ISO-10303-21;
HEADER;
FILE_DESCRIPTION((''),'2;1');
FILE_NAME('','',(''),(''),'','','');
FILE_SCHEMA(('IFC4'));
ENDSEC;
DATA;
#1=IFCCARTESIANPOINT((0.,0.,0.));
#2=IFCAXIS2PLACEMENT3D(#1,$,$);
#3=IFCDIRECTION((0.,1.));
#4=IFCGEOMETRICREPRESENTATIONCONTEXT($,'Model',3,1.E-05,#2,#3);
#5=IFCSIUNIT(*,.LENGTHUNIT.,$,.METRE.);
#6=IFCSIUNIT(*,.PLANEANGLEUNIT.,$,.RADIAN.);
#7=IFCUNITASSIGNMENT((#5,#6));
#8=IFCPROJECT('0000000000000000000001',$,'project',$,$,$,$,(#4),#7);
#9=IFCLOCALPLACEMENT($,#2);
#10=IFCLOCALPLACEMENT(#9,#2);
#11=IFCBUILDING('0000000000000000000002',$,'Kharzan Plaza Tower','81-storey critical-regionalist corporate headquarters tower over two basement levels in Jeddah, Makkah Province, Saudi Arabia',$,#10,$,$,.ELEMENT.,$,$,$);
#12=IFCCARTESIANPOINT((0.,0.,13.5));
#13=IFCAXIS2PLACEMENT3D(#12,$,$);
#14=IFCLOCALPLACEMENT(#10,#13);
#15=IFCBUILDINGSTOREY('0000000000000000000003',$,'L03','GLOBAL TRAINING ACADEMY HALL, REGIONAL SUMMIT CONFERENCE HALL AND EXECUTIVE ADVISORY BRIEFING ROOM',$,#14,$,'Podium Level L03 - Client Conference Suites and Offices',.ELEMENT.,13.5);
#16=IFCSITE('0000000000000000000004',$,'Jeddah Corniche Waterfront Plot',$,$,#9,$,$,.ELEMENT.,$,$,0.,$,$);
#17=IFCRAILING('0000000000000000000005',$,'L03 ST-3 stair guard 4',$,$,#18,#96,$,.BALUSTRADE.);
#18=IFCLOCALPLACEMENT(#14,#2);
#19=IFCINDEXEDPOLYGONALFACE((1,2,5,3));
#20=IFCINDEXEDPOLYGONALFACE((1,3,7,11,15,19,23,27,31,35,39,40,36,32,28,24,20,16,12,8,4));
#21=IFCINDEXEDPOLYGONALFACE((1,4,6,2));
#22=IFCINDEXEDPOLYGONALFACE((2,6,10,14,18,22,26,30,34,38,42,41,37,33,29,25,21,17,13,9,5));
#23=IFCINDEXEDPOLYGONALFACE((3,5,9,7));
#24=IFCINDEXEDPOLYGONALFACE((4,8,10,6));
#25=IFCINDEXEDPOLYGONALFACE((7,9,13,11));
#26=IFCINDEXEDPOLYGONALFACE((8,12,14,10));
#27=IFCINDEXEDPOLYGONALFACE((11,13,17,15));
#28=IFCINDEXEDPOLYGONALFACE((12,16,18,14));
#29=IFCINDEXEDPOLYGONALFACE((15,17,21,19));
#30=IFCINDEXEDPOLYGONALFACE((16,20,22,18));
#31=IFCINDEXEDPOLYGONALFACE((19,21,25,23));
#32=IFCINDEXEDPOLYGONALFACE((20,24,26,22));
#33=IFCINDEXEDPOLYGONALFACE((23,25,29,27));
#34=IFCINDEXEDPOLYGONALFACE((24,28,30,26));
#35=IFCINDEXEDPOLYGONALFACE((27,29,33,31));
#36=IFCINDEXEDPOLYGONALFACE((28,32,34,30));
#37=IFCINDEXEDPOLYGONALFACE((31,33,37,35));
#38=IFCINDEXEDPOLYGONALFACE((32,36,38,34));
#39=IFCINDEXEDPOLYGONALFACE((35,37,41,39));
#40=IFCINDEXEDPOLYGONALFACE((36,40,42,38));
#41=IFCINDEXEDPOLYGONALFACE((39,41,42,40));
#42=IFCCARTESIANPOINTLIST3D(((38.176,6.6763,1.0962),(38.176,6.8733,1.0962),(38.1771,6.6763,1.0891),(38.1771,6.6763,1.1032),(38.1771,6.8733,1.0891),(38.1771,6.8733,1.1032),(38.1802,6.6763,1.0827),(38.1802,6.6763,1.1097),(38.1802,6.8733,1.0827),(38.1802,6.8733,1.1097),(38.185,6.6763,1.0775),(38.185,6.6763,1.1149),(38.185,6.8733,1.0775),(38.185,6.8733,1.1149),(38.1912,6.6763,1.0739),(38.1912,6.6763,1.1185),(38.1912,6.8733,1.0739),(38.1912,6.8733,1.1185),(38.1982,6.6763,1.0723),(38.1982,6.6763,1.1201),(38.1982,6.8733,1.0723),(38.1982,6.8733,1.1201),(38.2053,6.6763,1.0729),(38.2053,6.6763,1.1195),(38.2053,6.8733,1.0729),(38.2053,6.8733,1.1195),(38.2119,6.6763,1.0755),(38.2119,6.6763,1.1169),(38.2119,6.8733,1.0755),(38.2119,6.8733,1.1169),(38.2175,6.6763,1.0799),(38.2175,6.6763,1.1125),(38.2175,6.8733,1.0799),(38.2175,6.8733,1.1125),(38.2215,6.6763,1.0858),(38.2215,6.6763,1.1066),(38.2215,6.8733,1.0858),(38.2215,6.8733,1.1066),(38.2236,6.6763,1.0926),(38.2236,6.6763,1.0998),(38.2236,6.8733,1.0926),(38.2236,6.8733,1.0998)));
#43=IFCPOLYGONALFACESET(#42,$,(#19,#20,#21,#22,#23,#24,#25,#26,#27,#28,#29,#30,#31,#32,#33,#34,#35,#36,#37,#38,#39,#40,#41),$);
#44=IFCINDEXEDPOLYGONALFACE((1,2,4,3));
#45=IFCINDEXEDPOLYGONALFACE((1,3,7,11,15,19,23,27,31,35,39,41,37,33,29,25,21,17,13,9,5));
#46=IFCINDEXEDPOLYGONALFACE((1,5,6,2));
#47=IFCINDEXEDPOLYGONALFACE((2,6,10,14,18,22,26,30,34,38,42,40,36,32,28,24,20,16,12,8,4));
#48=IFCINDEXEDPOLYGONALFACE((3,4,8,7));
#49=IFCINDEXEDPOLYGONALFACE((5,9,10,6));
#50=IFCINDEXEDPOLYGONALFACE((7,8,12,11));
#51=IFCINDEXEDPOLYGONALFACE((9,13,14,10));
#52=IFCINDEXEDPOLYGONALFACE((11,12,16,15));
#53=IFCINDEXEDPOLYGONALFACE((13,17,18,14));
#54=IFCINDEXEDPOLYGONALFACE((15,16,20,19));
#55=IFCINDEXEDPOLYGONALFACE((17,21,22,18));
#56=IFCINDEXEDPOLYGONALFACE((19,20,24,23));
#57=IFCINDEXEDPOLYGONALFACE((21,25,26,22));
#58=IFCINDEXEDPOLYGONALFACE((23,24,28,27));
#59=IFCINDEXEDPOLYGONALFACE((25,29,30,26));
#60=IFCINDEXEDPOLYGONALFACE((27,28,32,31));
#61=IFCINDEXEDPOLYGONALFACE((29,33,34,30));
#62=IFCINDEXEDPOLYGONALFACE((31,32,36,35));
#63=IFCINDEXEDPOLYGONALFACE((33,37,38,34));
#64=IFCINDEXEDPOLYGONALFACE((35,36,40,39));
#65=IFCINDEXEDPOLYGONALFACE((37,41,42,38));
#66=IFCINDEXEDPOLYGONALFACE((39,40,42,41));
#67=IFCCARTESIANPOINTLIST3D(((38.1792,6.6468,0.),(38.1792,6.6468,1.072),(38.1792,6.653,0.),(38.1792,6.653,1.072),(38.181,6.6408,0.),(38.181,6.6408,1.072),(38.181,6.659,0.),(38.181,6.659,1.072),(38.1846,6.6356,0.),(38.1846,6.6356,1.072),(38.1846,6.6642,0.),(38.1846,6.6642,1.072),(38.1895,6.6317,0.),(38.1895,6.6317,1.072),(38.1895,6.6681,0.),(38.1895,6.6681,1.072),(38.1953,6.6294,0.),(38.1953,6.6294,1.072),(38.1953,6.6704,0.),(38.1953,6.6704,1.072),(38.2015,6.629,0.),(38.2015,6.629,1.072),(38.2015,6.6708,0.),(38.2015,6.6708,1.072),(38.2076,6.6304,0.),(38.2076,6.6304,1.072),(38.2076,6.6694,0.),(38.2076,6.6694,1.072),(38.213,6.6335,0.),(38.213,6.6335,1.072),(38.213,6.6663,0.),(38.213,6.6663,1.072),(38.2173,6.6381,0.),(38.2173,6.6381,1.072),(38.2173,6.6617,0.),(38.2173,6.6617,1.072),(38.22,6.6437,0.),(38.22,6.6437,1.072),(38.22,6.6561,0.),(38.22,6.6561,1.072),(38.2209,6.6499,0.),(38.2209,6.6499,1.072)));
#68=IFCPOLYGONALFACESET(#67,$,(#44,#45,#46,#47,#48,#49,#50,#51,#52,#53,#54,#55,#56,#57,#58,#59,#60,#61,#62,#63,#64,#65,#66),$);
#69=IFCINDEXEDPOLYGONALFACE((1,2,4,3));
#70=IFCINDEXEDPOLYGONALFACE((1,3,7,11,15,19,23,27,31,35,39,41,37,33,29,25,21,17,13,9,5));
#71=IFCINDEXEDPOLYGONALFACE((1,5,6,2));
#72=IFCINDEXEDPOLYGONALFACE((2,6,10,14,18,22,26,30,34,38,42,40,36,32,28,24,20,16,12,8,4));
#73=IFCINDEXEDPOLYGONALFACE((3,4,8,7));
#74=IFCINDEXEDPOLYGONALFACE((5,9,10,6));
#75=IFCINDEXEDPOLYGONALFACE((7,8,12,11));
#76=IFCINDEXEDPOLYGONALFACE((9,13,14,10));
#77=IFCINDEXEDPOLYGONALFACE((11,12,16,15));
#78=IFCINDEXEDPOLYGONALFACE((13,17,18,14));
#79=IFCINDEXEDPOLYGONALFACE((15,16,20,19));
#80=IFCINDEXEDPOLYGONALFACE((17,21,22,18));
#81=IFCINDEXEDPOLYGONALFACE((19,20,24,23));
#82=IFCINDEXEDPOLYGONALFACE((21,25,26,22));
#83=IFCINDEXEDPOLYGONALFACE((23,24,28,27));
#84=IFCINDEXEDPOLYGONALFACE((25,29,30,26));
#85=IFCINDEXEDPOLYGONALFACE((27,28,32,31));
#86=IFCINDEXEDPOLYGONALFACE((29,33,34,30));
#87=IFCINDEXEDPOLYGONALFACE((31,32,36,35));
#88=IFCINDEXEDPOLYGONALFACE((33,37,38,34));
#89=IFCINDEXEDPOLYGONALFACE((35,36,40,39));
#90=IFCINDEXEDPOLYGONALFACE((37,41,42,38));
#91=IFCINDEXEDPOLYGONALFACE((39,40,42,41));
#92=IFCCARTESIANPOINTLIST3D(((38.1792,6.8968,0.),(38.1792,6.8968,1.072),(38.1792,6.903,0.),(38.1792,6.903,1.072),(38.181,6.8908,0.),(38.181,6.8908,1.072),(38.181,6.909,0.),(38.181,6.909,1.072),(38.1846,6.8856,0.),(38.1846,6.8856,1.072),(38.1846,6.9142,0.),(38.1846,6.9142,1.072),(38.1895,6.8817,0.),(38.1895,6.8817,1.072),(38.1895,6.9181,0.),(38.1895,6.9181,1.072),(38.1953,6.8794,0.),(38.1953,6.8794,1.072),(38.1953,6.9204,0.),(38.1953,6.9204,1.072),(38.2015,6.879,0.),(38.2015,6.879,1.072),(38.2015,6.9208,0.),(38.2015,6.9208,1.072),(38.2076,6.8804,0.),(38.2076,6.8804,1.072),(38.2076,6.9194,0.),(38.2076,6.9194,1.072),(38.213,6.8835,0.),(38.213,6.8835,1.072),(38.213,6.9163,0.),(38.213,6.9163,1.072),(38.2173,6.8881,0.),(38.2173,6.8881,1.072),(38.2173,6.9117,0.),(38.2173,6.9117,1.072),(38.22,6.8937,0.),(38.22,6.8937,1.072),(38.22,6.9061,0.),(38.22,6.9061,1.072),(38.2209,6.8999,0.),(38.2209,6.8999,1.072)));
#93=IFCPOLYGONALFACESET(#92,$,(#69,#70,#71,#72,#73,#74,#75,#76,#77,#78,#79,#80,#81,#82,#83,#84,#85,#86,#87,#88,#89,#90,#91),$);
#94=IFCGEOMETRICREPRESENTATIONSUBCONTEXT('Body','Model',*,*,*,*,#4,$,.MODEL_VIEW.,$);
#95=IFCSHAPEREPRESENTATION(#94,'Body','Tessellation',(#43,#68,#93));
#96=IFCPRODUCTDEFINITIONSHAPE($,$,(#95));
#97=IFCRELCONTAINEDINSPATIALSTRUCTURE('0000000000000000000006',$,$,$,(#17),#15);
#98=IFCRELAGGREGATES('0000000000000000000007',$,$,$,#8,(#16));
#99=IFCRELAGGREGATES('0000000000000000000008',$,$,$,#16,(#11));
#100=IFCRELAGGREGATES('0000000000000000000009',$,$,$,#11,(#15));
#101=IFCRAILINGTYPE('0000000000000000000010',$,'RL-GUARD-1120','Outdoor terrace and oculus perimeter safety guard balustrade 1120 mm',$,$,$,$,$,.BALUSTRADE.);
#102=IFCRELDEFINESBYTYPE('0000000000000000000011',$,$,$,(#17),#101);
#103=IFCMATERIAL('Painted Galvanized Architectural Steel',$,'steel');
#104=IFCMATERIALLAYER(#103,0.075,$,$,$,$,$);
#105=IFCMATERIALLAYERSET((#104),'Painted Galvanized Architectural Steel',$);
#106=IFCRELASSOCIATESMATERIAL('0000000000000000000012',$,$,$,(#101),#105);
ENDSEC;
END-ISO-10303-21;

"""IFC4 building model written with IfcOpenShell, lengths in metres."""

from ifc_helpers import new_model, si_unit, direction, frame, origin, origin_2d, place, context, subcontext, project, spatial, circle, extrude, source, transform, mapped, material, layer, layer_set, type_object, element, save


model = new_model("IFC4")

# Units and contexts
model_context = context("Model", 3, precision=1e-05, world=origin(), true_north=direction((0.0, 1.0)))
body_context = subcontext(model_context, "Body", "Model", "MODEL_VIEW")
ifc_project = project(units=[si_unit("LENGTHUNIT", "METRE"), si_unit("PLANEANGLEUNIT", "RADIAN")], contexts=[model_context])

# Site, building, storey
site_placement = place(None, origin())
site = spatial("IfcSite", under=ifc_project, at=site_placement, Name="Jeddah Corniche Waterfront Plot", CompositionType="ELEMENT", RefElevation=0.0)
building_placement = place(site_placement, origin())
building = spatial("IfcBuilding", under=site, at=building_placement, Name="Kharzan Plaza Tower", Description="81-storey critical-regionalist corporate headquarters tower over two basement levels in Jeddah, Makkah Province, Saudi Arabia", CompositionType="ELEMENT")
storey_placement = place(building_placement, frame((0.0, 0.0, 13.5)))
storey = spatial("IfcBuildingStorey", under=building, at=storey_placement, Name="L03", Description="GLOBAL TRAINING ACADEMY HALL, REGIONAL SUMMIT CONFERENCE HALL AND EXECUTIVE ADVISORY BRIEFING ROOM", LongName="Podium Level L03 - Client Conference Suites and Offices", CompositionType="ELEMENT", Elevation=13.5)

# Railing
ifc_material_1 = material(Name="Painted Galvanized Architectural Steel", Category="steel")
ifc_layer_1 = layer(ifc_material_1, 0.075)
ifc_layer_set_1 = layer_set([ifc_layer_1], Name="Painted Galvanized Architectural Steel")
railing_type_1 = type_object("IfcRailingType", Name="RL-GUARD-1120", Description="Outdoor terrace and oculus perimeter safety guard balustrade 1120 mm", PredefinedType="BALUSTRADE", material=ifc_layer_set_1)
shared_shape_1 = source(origin(), body_context, "Body", "SweptSolid", [
    extrude(circle(Radius=0.0239, at=origin_2d()), frame((0.0, 0.0264, 1.0962), z_axis=(0.0, 1.0, 0.0), x_axis=(-1.0, 0.0, 0.0)), (0.0, 0.0, 1.0), 0.197),
    extrude(circle(Radius=0.021, at=origin_2d()), origin(), (0.0, 0.0, 1.0), 1.072),
    extrude(circle(Radius=0.021, at=origin_2d()), frame((0.0, 0.25, 0.0)), (0.0, 0.0, 1.0), 1.072),
])
railing_1_placement = place(storey_placement, frame((38.2, 6.6499, 0.0)))
element("IfcRailing", 1, at=railing_1_placement, inside=storey, type_object=railing_type_1, Name="L03 ST-3 stair guard 4", PredefinedType="BALUSTRADE", context=body_context, shape_type="MappedRepresentation", body=[
    mapped(shared_shape_1, transform((0.0, 0.0, 0.0), x_axis=(1.0, 0.0, 0.0), y_axis=(0.0, 1.0, 0.0), z_axis=(0.0, 0.0, 1.0))),
])

save(model, "model.ifc")
